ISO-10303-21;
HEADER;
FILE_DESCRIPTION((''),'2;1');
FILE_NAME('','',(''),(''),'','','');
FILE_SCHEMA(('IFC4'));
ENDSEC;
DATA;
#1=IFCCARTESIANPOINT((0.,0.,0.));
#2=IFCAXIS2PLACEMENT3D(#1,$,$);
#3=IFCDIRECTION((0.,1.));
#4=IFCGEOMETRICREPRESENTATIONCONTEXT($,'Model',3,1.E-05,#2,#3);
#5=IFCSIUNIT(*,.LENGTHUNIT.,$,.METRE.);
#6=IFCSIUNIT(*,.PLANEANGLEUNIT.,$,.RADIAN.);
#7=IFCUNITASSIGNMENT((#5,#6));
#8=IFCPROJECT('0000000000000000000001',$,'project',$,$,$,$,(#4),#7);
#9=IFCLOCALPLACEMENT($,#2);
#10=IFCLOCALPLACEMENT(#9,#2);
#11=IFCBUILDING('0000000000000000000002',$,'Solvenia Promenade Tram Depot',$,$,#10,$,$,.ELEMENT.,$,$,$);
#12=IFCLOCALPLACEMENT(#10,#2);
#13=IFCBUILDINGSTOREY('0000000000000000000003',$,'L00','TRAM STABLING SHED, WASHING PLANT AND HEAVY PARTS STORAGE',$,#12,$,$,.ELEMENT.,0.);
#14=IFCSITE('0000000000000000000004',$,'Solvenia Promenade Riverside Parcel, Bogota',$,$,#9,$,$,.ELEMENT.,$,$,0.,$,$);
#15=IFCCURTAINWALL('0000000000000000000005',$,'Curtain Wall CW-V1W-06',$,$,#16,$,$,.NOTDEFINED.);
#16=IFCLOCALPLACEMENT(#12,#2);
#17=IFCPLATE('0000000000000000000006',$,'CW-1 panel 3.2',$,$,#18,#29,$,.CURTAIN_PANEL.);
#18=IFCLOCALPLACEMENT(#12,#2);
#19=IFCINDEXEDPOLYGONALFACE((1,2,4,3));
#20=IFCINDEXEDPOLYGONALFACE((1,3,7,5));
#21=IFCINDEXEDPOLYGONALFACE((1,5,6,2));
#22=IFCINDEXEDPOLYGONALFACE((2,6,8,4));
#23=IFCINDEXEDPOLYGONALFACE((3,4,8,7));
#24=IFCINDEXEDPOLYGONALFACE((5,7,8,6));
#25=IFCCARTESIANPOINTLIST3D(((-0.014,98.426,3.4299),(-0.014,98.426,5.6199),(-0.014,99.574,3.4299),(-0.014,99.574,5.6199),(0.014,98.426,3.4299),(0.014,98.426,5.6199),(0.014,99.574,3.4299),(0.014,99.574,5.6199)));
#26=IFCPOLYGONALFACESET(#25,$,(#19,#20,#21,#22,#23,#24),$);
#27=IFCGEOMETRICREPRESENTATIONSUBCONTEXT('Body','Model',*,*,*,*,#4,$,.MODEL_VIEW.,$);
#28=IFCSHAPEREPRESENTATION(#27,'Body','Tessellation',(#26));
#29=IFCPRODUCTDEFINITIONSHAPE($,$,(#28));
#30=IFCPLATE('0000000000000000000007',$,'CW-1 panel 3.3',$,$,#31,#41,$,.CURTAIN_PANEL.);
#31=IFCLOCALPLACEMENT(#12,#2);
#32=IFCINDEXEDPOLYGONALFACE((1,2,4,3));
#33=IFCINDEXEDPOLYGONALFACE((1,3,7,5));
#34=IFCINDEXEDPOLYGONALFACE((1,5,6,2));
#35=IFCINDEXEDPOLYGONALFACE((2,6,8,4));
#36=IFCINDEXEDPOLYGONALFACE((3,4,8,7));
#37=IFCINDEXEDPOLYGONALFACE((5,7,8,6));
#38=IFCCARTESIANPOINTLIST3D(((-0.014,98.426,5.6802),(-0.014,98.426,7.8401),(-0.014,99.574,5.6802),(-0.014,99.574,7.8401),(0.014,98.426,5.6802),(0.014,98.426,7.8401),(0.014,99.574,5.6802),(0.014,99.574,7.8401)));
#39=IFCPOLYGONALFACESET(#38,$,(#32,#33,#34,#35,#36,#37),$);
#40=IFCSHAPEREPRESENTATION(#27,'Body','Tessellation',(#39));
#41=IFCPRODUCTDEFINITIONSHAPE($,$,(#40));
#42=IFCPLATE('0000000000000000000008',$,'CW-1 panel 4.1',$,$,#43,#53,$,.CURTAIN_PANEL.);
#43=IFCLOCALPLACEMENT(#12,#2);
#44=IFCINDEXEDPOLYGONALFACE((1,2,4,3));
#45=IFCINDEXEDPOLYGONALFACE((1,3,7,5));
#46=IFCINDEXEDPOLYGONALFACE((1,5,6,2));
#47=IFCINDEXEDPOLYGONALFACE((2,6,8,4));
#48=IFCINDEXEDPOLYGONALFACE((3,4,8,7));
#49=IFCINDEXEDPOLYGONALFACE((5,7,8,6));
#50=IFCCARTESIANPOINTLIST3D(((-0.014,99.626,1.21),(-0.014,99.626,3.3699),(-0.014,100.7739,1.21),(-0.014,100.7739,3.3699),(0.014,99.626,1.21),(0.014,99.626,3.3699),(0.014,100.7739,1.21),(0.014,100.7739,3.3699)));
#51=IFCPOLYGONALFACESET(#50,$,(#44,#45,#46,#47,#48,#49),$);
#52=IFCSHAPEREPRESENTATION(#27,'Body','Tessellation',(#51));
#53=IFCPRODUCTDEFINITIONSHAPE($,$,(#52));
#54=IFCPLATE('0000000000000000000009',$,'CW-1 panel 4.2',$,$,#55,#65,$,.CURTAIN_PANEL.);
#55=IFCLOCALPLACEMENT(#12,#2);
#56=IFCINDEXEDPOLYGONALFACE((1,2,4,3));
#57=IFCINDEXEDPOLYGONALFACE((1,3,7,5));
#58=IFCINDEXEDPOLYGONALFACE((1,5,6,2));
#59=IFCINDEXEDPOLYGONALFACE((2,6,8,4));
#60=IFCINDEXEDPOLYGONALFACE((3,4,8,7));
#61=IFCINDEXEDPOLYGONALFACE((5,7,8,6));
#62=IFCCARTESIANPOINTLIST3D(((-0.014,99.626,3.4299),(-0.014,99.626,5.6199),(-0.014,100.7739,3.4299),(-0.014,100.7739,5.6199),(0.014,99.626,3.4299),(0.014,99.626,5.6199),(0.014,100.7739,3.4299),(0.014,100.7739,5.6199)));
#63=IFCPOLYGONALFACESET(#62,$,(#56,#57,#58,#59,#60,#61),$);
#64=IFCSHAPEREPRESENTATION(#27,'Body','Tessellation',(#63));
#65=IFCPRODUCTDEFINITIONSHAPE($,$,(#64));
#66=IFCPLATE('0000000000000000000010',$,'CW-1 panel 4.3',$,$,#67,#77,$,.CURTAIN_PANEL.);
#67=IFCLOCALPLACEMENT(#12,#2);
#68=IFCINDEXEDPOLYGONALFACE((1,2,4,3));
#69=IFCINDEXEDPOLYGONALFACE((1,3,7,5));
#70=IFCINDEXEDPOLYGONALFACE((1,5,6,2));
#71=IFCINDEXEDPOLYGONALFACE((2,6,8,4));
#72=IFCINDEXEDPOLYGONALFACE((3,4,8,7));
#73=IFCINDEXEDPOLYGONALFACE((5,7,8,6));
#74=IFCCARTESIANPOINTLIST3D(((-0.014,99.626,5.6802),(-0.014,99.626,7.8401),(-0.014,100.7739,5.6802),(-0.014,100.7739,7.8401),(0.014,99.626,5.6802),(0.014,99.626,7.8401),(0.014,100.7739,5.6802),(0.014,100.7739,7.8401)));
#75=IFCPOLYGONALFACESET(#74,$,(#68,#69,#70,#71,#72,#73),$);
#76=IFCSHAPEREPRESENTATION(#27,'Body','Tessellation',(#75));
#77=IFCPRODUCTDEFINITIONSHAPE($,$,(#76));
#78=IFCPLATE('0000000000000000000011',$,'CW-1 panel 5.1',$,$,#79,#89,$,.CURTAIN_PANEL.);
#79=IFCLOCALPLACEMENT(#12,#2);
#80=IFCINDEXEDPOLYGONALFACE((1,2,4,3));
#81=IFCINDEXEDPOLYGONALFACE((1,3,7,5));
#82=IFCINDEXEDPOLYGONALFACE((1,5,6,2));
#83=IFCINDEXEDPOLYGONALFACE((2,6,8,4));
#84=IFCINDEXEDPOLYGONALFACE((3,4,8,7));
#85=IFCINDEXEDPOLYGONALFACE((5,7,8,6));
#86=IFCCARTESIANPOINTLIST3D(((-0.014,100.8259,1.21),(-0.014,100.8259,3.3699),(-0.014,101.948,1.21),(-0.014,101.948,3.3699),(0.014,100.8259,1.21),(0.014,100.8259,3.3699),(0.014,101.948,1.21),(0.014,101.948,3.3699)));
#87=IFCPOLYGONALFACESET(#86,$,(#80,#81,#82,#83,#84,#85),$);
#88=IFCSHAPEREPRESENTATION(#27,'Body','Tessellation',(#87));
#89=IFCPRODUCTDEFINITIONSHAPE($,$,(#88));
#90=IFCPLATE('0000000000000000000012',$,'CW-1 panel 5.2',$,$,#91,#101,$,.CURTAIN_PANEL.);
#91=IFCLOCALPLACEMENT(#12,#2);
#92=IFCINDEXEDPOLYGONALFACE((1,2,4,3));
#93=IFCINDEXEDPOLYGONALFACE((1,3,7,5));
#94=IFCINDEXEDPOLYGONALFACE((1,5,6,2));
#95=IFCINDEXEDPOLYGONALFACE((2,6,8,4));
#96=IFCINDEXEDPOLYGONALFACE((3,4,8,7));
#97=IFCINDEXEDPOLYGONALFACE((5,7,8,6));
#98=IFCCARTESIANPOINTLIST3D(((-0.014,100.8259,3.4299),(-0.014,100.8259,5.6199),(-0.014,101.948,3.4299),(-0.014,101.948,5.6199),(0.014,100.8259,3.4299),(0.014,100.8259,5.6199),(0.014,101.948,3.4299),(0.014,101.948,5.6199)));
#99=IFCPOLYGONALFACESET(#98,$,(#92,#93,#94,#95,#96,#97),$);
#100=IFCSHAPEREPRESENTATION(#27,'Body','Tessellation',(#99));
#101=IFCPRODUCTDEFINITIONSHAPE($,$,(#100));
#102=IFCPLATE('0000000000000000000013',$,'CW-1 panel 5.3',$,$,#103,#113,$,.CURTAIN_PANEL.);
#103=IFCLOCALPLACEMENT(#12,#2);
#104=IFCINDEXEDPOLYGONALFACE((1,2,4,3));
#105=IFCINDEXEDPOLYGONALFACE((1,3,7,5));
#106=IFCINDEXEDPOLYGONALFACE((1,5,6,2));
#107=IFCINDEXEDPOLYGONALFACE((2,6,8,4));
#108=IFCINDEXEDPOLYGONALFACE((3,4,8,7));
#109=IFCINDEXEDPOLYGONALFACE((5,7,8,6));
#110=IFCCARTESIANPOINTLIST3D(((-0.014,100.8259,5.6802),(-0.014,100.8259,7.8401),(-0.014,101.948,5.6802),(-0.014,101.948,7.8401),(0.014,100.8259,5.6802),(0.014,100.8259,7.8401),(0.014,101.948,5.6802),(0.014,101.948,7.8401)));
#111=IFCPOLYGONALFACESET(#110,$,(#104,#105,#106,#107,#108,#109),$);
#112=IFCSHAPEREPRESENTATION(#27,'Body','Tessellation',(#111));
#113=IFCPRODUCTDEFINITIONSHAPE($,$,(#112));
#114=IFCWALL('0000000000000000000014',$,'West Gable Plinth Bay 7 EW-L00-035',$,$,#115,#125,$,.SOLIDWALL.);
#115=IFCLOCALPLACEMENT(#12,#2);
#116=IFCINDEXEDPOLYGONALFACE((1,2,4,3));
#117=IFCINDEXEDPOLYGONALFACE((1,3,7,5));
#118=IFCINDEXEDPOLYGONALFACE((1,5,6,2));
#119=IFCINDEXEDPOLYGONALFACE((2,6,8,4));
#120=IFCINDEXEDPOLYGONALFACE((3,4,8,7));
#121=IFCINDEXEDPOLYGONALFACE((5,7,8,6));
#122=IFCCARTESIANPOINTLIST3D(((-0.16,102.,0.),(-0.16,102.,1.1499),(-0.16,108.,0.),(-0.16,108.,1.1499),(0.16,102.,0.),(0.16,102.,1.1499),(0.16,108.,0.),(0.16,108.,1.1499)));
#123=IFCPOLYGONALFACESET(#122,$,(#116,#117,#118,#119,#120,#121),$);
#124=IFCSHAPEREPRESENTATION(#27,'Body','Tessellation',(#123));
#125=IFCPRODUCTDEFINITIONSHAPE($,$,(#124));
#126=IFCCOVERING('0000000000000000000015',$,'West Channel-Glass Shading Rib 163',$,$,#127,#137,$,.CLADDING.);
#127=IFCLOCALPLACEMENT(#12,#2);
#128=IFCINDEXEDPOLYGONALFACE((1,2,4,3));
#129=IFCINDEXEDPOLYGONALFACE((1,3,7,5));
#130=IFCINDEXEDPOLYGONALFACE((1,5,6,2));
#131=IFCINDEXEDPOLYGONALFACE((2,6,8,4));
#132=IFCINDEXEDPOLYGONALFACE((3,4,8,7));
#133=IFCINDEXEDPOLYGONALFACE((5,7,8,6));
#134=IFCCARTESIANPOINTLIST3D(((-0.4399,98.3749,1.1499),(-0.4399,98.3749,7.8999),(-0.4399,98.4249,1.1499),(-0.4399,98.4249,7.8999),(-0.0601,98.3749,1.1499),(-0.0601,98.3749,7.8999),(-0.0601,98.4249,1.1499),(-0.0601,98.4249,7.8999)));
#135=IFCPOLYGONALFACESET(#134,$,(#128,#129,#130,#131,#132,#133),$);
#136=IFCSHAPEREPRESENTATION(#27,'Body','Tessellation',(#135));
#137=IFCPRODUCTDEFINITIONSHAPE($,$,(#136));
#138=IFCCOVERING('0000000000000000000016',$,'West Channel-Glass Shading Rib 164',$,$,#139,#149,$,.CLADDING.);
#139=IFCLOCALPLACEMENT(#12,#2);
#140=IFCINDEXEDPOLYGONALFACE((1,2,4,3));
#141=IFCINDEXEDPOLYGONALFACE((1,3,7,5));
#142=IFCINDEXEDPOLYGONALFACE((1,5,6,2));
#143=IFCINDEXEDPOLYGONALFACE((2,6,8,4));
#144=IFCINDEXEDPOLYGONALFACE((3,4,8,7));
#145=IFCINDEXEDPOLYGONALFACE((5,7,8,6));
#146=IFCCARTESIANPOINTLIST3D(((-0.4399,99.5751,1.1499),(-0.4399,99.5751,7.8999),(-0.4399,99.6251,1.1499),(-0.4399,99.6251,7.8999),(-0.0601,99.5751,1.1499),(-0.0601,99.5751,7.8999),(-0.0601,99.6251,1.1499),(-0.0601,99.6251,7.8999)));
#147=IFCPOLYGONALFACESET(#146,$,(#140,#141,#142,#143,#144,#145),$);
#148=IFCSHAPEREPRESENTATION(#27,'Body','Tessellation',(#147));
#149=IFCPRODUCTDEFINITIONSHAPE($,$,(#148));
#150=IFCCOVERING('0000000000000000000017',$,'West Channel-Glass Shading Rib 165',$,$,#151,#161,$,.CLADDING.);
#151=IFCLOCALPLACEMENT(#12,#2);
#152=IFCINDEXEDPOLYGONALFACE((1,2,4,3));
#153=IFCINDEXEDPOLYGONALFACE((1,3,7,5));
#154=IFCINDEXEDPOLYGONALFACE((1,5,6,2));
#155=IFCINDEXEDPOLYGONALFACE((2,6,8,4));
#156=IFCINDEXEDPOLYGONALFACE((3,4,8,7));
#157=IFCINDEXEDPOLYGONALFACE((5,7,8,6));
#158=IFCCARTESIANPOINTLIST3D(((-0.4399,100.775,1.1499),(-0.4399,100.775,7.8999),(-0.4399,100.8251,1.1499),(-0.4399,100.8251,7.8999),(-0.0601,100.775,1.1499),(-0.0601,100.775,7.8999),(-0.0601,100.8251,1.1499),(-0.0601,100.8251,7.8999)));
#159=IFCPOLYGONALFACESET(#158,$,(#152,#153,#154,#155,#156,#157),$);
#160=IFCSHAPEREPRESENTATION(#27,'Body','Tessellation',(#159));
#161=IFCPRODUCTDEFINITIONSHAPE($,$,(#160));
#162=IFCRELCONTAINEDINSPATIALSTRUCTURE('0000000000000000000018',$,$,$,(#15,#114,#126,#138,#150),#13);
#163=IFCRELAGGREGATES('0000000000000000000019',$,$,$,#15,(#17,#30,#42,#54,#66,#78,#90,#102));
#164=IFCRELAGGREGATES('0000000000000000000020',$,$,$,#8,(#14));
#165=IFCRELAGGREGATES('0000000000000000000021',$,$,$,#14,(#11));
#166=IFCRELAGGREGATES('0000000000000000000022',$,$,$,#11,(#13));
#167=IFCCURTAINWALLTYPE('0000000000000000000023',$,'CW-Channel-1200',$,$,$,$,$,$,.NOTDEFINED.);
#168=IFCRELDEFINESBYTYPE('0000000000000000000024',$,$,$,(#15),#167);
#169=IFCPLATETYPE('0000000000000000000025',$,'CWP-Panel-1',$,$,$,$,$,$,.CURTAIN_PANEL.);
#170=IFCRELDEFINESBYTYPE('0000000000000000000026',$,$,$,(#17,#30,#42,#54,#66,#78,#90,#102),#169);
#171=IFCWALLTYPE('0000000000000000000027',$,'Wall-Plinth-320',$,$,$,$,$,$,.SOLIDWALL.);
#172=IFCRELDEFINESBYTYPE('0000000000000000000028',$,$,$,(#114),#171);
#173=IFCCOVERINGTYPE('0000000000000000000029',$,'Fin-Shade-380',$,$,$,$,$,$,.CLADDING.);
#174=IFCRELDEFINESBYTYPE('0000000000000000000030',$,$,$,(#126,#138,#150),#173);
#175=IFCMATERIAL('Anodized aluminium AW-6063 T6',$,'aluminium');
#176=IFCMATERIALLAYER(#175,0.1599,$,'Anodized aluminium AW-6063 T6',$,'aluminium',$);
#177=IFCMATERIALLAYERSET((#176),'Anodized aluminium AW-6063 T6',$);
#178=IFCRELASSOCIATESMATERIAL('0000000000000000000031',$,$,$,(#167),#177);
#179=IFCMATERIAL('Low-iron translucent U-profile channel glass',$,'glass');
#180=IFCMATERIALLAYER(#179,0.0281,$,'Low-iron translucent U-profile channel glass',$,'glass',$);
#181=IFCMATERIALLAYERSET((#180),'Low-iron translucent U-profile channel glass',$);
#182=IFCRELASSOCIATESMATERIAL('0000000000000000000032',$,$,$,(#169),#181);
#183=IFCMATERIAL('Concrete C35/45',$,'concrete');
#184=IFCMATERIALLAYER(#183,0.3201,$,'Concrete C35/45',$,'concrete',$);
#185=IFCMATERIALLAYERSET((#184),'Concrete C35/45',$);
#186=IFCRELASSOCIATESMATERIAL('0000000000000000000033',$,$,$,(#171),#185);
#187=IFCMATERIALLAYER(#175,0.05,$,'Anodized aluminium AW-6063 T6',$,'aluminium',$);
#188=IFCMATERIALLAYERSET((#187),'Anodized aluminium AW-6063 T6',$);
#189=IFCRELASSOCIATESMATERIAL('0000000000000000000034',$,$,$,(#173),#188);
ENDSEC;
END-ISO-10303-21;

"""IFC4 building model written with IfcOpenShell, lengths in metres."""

from ifc_helpers import new_model, si_unit, direction, frame, frame_2d, origin, origin_2d, place, context, subcontext, project, spatial, rectangle, extrude, material, layer, layer_set, type_object, element, aggregate, save


model = new_model("IFC4")

# Units and contexts
model_context = context("Model", 3, precision=1e-05, world=origin(), true_north=direction((0.0, 1.0)))
body_context = subcontext(model_context, "Body", "Model", "MODEL_VIEW")
ifc_project = project(units=[si_unit("LENGTHUNIT", "METRE"), si_unit("PLANEANGLEUNIT", "RADIAN")], contexts=[model_context])

# Site, building, storey
site_placement = place(None, origin())
site = spatial("IfcSite", under=ifc_project, at=site_placement, Name="Solvenia Promenade Riverside Parcel, Bogota", CompositionType="ELEMENT", RefElevation=0.0)
building_placement = place(site_placement, origin())
building = spatial("IfcBuilding", under=site, at=building_placement, Name="Solvenia Promenade Tram Depot", CompositionType="ELEMENT")
storey_placement = place(building_placement, origin())
storey = spatial("IfcBuildingStorey", under=building, at=storey_placement, Name="L00", Description="TRAM STABLING SHED, WASHING PLANT AND HEAVY PARTS STORAGE", CompositionType="ELEMENT", Elevation=0.0)

# Curtain wall
ifc_material_1 = material(Name="Anodized aluminium AW-6063 T6", Category="aluminium")
ifc_layer_1 = layer(ifc_material_1, 0.1599, Name="Anodized aluminium AW-6063 T6", Category="aluminium")
ifc_layer_set_1 = layer_set([ifc_layer_1], Name="Anodized aluminium AW-6063 T6")
curtain_wall_type = type_object("IfcCurtainWallType", Name="CW-Channel-1200", PredefinedType="NOTDEFINED", material=ifc_layer_set_1)
curtain_wall_1_placement = place(storey_placement, origin())
curtain_wall_1 = element("IfcCurtainWall", 1, at=curtain_wall_1_placement, inside=storey, type_object=curtain_wall_type, Name="Curtain Wall CW-V1W-06", PredefinedType="NOTDEFINED")

# Plates
ifc_material_2 = material(Name="Low-iron translucent U-profile channel glass", Category="glass")
ifc_layer_2 = layer(ifc_material_2, 0.0281, Name="Low-iron translucent U-profile channel glass", Category="glass")
ifc_layer_set_2 = layer_set([ifc_layer_2], Name="Low-iron translucent U-profile channel glass")
plate_type = type_object("IfcPlateType", Name="CWP-Panel-1", PredefinedType="CURTAIN_PANEL", material=ifc_layer_set_2)
plate_1_placement = place(storey_placement, frame((0.0, 99.0, 3.4299), z_axis=(0.0, 0.0, 1.0), x_axis=(0.0, 1.0, 0.0)))
plate_1 = element("IfcPlate", 2, at=plate_1_placement, type_object=plate_type, Name="CW-1 panel 3.2", PredefinedType="CURTAIN_PANEL", context=body_context, shape_type="SweptSolid", body=[
    extrude(rectangle(XDim=1.1479, YDim=0.0281, at=origin_2d()), origin(), (0.0, 0.0, 1.0), 2.1899),
])
plate_2_placement = place(storey_placement, frame((0.0, 99.0, 5.6802), z_axis=(0.0, 0.0, 1.0), x_axis=(0.0, 1.0, 0.0)))
plate_2 = element("IfcPlate", 3, at=plate_2_placement, type_object=plate_type, Name="CW-1 panel 3.3", PredefinedType="CURTAIN_PANEL", context=body_context, shape_type="SweptSolid", body=[
    extrude(rectangle(XDim=1.1479, YDim=0.0281, at=origin_2d()), origin(), (0.0, 0.0, 1.0), 2.1599),
])
plate_3_placement = place(storey_placement, frame((0.0, 100.2, 1.21), z_axis=(0.0, 0.0, 1.0), x_axis=(0.0, 1.0, 0.0)))
plate_3 = element("IfcPlate", 4, at=plate_3_placement, type_object=plate_type, Name="CW-1 panel 4.1", PredefinedType="CURTAIN_PANEL", context=body_context, shape_type="SweptSolid", body=[
    extrude(rectangle(XDim=1.1479, YDim=0.0281, at=origin_2d()), origin(), (0.0, 0.0, 1.0), 2.1599),
])
plate_4_placement = place(storey_placement, frame((0.0, 100.2, 3.4299), z_axis=(0.0, 0.0, 1.0), x_axis=(0.0, 1.0, 0.0)))
plate_4 = element("IfcPlate", 5, at=plate_4_placement, type_object=plate_type, Name="CW-1 panel 4.2", PredefinedType="CURTAIN_PANEL", context=body_context, shape_type="SweptSolid", body=[
    extrude(rectangle(XDim=1.1479, YDim=0.0281, at=origin_2d()), origin(), (0.0, 0.0, 1.0), 2.1899),
])
plate_5_placement = place(storey_placement, frame((0.0, 100.2, 5.6802), z_axis=(0.0, 0.0, 1.0), x_axis=(0.0, 1.0, 0.0)))
plate_5 = element("IfcPlate", 6, at=plate_5_placement, type_object=plate_type, Name="CW-1 panel 4.3", PredefinedType="CURTAIN_PANEL", context=body_context, shape_type="SweptSolid", body=[
    extrude(rectangle(XDim=1.1479, YDim=0.0281, at=origin_2d()), origin(), (0.0, 0.0, 1.0), 2.1599),
])
plate_6_placement = place(storey_placement, frame((0.0, 101.387, 1.21), z_axis=(0.0, 0.0, 1.0), x_axis=(0.0, 1.0, 0.0)))
plate_6 = element("IfcPlate", 7, at=plate_6_placement, type_object=plate_type, Name="CW-1 panel 5.1", PredefinedType="CURTAIN_PANEL", context=body_context, shape_type="SweptSolid", body=[
    extrude(rectangle(XDim=1.1221, YDim=0.0281, at=origin_2d()), origin(), (0.0, 0.0, 1.0), 2.1599),
])
plate_7_placement = place(storey_placement, frame((0.0, 101.387, 3.4299), z_axis=(0.0, 0.0, 1.0), x_axis=(0.0, 1.0, 0.0)))
plate_7 = element("IfcPlate", 8, at=plate_7_placement, type_object=plate_type, Name="CW-1 panel 5.2", PredefinedType="CURTAIN_PANEL", context=body_context, shape_type="SweptSolid", body=[
    extrude(rectangle(XDim=1.1221, YDim=0.0281, at=origin_2d()), origin(), (0.0, 0.0, 1.0), 2.1899),
])
plate_8_placement = place(storey_placement, frame((0.0, 101.387, 5.6802), z_axis=(0.0, 0.0, 1.0), x_axis=(0.0, 1.0, 0.0)))
plate_8 = element("IfcPlate", 9, at=plate_8_placement, type_object=plate_type, Name="CW-1 panel 5.3", PredefinedType="CURTAIN_PANEL", context=body_context, shape_type="SweptSolid", body=[
    extrude(rectangle(XDim=1.1221, YDim=0.0281, at=origin_2d()), origin(), (0.0, 0.0, 1.0), 2.1599),
])
aggregate(curtain_wall_1, [plate_1, plate_2, plate_3, plate_4, plate_5, plate_6, plate_7, plate_8])

# Wall
ifc_material_3 = material(Name="Concrete C35/45", Category="concrete")
ifc_layer_3 = layer(ifc_material_3, 0.3201, Name="Concrete C35/45", Category="concrete")
ifc_layer_set_3 = layer_set([ifc_layer_3], Name="Concrete C35/45")
wall_type = type_object("IfcWallType", Name="Wall-Plinth-320", PredefinedType="SOLIDWALL", material=ifc_layer_set_3)
wall_placement = place(storey_placement, frame((0.0, 102.0, 0.0), z_axis=(0.0, 0.0, 1.0), x_axis=(0.0, 1.0, 0.0)))
element("IfcWall", 10, at=wall_placement, inside=storey, type_object=wall_type, Name="West Gable Plinth Bay 7 EW-L00-035", PredefinedType="SOLIDWALL", context=body_context, shape_type="SweptSolid", body=[
    extrude(rectangle(XDim=6.0, YDim=0.3201, at=frame_2d((3.0, 0.0))), origin(), (0.0, 0.0, 1.0), 1.1499),
])

# Coverings
ifc_layer_4 = layer(ifc_material_1, 0.05, Name="Anodized aluminium AW-6063 T6", Category="aluminium")
ifc_layer_set_4 = layer_set([ifc_layer_4], Name="Anodized aluminium AW-6063 T6")
covering_type = type_object("IfcCoveringType", Name="Fin-Shade-380", PredefinedType="CLADDING", material=ifc_layer_set_4)
for number, where, z_axis, x_axis, name in (
    (11, (-0.25, 98.3999, 1.1499), (0.0, 0.0, 1.0), (1.0, 0.0, 0.0), "West Channel-Glass Shading Rib 163"),
    (12, (-0.25, 99.6001, 1.1499), (0.0, 0.0, 1.0), (1.0, 0.0, 0.0), "West Channel-Glass Shading Rib 164"),
    (13, (-0.25, 100.8, 1.1499), (0.0, 0.0, 1.0), (1.0, 0.0, 0.0), "West Channel-Glass Shading Rib 165"),
):
    element("IfcCovering", number, at=place(storey_placement, frame(where, z_axis=z_axis, x_axis=x_axis)), inside=storey, type_object=covering_type, Name=name, PredefinedType="CLADDING", context=body_context, shape_type="SweptSolid", body=[
        extrude(rectangle(XDim=0.3799, YDim=0.05, at=origin_2d()), origin(), (0.0, 0.0, 1.0), 6.75),
    ])

save(model, "model.ifc")
